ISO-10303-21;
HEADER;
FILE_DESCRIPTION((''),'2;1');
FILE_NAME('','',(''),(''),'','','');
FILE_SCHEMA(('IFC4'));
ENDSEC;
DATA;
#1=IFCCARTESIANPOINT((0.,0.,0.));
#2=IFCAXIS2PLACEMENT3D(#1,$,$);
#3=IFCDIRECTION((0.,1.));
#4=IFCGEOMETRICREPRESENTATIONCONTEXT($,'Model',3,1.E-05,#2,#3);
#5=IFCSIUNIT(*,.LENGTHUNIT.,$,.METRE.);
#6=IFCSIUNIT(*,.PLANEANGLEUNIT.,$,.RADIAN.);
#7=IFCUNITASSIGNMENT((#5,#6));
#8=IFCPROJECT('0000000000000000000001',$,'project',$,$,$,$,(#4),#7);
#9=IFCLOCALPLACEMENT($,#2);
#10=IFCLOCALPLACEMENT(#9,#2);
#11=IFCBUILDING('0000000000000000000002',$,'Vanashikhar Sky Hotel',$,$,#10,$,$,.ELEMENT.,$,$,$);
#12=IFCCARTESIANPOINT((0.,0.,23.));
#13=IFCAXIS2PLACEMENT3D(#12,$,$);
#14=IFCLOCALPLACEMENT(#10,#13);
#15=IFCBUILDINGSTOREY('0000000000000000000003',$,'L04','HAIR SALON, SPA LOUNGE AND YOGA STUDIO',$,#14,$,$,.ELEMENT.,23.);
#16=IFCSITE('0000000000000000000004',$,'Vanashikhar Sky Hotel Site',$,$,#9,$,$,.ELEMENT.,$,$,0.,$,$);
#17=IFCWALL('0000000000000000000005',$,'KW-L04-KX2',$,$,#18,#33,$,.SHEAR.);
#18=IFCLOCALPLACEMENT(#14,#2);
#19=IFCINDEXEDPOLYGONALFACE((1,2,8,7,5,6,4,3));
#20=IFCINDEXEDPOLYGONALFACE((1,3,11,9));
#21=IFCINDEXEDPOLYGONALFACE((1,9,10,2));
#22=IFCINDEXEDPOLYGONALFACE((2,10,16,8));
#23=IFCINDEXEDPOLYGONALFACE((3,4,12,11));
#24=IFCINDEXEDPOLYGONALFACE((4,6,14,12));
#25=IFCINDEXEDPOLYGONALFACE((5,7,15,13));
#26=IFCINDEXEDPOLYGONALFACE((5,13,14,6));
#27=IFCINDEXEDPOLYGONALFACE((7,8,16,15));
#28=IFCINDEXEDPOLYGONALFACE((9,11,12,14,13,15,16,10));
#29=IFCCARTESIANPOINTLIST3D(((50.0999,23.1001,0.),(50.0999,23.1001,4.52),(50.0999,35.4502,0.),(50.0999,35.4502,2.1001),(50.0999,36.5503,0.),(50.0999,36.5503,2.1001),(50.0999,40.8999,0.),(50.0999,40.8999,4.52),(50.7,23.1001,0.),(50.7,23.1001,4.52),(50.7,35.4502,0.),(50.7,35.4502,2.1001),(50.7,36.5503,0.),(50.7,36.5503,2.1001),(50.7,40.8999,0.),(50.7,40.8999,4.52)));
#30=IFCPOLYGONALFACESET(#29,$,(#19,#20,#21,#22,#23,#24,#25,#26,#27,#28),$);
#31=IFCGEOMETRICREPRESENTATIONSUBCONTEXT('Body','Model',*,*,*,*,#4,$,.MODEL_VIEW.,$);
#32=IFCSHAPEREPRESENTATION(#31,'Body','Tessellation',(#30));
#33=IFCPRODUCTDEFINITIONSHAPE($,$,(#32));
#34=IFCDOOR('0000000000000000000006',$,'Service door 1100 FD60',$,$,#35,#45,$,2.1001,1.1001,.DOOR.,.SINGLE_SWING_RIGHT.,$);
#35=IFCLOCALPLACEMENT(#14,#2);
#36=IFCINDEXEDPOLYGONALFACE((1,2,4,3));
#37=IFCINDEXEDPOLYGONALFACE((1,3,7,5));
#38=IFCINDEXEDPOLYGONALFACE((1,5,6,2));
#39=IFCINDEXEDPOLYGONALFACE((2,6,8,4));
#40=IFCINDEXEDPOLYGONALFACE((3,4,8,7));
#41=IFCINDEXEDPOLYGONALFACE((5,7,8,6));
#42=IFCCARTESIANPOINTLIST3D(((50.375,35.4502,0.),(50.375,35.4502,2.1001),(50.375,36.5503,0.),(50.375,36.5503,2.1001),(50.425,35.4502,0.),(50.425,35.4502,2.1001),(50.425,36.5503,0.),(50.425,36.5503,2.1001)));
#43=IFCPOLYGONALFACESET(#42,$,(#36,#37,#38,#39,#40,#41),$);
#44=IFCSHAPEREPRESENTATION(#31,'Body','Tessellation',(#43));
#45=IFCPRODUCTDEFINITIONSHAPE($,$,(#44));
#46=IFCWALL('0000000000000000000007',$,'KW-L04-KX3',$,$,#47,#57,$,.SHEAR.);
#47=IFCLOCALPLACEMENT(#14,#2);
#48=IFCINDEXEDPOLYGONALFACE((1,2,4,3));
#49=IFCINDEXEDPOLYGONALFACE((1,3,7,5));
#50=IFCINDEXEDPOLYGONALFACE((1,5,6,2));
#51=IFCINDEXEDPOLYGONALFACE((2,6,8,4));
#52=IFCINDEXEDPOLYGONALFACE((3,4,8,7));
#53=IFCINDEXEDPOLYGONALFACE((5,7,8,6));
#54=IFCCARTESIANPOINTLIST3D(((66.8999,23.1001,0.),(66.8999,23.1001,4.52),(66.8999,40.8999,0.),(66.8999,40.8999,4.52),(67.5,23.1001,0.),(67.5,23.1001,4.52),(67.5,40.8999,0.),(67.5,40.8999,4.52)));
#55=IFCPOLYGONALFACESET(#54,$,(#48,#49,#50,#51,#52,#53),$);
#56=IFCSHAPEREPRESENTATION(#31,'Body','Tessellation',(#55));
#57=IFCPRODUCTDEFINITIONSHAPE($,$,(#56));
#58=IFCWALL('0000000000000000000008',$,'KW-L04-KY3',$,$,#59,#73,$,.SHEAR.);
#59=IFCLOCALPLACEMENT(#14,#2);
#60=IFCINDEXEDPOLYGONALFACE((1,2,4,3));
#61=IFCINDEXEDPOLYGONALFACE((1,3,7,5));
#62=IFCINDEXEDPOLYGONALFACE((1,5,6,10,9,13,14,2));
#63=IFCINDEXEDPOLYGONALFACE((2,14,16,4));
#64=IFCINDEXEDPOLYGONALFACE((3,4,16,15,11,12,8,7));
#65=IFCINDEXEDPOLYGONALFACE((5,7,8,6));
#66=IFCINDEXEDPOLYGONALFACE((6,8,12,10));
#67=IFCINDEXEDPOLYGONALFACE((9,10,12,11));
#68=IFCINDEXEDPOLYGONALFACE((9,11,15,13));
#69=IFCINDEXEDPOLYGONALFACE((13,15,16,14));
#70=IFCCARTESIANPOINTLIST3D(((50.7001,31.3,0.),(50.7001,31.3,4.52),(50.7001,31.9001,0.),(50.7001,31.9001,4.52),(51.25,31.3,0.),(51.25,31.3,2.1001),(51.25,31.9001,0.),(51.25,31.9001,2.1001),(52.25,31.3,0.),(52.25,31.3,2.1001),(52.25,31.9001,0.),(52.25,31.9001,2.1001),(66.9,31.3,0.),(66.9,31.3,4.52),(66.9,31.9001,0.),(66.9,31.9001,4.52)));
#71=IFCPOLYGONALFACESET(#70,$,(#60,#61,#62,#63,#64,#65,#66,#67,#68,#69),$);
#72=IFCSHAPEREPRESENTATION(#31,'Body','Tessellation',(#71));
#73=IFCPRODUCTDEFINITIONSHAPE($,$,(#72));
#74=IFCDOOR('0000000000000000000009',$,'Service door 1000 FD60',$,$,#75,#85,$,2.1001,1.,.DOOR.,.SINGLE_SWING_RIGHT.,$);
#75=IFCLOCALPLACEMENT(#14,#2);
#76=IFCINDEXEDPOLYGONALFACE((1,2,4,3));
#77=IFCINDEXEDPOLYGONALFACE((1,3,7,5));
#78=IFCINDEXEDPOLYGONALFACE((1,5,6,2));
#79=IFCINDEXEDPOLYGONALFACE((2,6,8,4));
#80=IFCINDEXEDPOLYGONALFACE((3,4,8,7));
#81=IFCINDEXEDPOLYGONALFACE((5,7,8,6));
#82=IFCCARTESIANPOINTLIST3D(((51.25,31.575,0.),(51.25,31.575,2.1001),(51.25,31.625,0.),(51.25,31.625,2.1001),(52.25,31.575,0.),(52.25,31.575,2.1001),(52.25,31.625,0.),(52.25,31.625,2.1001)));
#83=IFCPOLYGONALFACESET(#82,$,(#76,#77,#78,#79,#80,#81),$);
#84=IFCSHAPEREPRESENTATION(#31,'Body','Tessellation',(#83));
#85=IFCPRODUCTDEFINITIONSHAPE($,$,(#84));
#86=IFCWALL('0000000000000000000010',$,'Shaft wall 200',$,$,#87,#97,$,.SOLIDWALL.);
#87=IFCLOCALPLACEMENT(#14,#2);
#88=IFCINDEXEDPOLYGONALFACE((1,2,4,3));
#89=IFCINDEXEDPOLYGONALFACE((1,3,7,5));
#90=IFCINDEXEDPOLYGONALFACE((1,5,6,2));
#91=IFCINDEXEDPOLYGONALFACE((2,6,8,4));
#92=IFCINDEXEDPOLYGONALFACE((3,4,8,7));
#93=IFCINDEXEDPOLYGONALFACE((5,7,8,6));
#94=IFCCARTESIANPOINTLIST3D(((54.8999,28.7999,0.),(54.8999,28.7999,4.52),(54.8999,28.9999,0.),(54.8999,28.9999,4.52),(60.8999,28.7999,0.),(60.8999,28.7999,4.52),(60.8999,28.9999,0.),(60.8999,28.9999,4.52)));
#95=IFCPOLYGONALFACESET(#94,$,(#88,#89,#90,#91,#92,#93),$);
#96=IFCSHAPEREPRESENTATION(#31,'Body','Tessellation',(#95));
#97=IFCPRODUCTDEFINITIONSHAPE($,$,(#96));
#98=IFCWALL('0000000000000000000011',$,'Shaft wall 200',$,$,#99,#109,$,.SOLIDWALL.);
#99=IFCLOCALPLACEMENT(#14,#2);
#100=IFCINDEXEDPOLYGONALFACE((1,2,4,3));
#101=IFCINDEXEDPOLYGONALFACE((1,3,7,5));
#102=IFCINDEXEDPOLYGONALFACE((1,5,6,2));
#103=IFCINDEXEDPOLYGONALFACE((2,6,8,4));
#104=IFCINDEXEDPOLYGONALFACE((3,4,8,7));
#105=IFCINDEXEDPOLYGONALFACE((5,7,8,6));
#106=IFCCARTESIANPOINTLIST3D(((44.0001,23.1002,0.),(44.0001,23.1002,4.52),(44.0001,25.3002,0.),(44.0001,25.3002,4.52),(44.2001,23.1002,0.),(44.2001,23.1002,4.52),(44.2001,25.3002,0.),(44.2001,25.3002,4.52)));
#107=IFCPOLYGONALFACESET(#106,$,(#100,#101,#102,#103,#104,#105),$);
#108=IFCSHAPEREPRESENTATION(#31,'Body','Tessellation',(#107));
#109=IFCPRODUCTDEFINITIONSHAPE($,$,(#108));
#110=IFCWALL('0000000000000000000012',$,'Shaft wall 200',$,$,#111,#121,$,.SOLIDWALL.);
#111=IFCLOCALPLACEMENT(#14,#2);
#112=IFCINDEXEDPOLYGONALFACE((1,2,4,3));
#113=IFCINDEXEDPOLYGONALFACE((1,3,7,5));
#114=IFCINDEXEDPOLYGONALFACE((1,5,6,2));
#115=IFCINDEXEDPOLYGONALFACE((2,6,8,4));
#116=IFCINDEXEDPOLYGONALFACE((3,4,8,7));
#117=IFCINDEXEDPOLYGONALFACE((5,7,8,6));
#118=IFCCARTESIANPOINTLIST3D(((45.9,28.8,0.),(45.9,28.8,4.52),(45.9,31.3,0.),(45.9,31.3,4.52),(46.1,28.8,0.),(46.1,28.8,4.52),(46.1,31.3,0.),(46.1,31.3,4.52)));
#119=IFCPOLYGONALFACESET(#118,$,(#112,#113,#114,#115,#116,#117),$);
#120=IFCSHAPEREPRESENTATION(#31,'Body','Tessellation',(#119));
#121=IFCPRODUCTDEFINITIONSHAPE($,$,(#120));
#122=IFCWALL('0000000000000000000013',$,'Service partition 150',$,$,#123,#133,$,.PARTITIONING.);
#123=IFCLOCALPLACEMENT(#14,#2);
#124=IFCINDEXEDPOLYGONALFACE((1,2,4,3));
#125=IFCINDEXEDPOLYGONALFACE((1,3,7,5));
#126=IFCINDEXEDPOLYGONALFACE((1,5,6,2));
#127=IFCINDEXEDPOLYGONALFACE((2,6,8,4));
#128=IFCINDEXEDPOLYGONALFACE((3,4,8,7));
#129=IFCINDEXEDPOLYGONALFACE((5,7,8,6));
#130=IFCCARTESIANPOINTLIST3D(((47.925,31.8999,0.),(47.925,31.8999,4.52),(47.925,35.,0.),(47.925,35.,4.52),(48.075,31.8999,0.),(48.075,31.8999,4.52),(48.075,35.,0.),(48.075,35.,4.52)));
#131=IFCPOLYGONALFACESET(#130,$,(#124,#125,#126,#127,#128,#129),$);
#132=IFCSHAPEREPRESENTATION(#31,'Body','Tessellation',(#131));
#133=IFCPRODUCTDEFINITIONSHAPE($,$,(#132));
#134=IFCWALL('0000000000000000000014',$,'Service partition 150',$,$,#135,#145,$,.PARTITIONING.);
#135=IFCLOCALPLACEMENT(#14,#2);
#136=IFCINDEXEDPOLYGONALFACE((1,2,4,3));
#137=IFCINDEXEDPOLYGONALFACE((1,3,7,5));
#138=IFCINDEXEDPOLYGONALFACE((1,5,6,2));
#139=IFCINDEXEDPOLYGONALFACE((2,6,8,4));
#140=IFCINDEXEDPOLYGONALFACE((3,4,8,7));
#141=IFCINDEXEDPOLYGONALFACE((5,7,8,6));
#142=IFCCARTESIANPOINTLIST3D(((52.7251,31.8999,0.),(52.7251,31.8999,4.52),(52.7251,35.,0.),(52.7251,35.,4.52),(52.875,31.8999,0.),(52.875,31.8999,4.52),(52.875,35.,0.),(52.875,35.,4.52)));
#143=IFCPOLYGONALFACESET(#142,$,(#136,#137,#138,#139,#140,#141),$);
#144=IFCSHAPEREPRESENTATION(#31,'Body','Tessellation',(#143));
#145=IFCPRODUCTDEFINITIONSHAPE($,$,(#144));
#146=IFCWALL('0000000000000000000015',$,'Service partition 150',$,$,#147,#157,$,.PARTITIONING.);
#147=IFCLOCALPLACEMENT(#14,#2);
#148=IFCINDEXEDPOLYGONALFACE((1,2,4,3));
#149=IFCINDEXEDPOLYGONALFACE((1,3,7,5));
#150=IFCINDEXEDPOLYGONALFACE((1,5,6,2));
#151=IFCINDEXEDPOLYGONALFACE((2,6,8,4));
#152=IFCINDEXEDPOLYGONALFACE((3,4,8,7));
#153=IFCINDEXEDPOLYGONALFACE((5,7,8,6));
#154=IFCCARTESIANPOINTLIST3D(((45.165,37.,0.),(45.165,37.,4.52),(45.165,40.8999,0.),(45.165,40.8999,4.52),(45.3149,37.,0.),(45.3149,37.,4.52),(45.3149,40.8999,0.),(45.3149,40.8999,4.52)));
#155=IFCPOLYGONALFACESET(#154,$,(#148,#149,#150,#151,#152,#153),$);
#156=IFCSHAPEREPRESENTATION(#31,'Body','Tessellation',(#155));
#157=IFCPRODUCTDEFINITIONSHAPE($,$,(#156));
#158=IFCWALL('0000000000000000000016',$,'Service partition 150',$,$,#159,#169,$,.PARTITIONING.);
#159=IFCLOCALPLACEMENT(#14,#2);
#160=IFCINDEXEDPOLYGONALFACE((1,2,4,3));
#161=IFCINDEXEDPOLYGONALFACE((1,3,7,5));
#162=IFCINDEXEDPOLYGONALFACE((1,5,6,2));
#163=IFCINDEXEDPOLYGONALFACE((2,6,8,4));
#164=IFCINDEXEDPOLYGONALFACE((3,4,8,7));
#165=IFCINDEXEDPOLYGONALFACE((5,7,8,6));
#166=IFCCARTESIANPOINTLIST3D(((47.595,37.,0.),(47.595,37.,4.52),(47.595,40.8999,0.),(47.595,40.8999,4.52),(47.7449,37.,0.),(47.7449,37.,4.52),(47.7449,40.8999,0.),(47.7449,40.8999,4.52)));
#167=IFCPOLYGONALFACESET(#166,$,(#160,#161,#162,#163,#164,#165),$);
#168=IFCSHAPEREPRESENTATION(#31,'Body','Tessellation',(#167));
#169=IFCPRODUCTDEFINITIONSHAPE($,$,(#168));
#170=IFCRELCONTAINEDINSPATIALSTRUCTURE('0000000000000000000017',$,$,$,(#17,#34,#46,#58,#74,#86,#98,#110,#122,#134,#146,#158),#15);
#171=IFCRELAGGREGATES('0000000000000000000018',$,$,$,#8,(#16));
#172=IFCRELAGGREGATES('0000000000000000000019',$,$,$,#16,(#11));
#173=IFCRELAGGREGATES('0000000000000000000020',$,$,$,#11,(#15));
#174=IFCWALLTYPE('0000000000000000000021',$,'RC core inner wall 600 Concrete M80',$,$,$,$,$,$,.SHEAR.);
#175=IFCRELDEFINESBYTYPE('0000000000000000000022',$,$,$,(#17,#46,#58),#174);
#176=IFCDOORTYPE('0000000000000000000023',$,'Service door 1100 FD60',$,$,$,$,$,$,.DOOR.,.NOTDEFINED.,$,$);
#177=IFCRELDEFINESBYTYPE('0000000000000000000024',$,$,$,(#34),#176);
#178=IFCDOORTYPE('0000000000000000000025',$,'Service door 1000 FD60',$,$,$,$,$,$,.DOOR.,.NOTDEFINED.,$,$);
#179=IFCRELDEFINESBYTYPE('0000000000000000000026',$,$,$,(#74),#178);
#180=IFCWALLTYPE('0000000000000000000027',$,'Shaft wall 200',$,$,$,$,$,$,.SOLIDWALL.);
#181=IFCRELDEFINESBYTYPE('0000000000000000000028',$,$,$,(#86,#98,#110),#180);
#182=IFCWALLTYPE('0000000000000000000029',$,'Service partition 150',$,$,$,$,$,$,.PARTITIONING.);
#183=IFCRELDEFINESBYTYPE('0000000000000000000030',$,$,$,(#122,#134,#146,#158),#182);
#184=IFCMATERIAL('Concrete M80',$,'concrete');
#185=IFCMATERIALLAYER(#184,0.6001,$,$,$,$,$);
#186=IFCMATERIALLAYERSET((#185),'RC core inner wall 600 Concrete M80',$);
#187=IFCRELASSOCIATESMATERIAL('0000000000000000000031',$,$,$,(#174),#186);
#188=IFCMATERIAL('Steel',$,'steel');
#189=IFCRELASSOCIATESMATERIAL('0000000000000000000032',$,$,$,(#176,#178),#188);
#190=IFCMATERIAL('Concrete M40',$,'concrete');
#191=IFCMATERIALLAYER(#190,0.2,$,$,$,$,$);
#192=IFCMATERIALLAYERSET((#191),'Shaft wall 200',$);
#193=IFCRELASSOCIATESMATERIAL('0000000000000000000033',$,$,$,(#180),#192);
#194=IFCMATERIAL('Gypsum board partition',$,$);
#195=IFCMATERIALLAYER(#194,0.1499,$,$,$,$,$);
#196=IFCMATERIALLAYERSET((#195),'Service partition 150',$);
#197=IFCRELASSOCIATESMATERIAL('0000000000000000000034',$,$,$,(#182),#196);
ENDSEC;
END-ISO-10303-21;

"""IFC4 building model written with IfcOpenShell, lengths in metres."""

from ifc_helpers import new_model, si_unit, direction, frame, frame_2d, origin, place, context, subcontext, project, spatial, rectangle, extrude, source, transform, mapped, material, layer, layer_set, type_object, element, fill, save


model = new_model("IFC4")

# Units and contexts
model_context = context("Model", 3, precision=1e-05, world=origin(), true_north=direction((0.0, 1.0)))
body_context = subcontext(model_context, "Body", "Model", "MODEL_VIEW")
ifc_project = project(units=[si_unit("LENGTHUNIT", "METRE"), si_unit("PLANEANGLEUNIT", "RADIAN")], contexts=[model_context])

# Site, building, storey
site_placement = place(None, origin())
site = spatial("IfcSite", under=ifc_project, at=site_placement, Name="Vanashikhar Sky Hotel Site", CompositionType="ELEMENT", RefElevation=0.0)
building_placement = place(site_placement, origin())
building = spatial("IfcBuilding", under=site, at=building_placement, Name="Vanashikhar Sky Hotel", CompositionType="ELEMENT")
storey_placement = place(building_placement, frame((0.0, 0.0, 23.0)))
storey = spatial("IfcBuildingStorey", under=building, at=storey_placement, Name="L04", Description="HAIR SALON, SPA LOUNGE AND YOGA STUDIO", CompositionType="ELEMENT", Elevation=23.0)

# Wall, opening, door
ifc_material_1 = material(Name="Concrete M80", Category="concrete")
ifc_layer_1 = layer(ifc_material_1, 0.6001)
ifc_layer_set_1 = layer_set([ifc_layer_1], Name="RC core inner wall 600 Concrete M80")
wall_type_1 = type_object("IfcWallType", Name="RC core inner wall 600 Concrete M80", PredefinedType="SHEAR", material=ifc_layer_set_1)
shared_shape_1 = source(origin(), body_context, "Body", "SweptSolid", [
    extrude(rectangle(XDim=17.7998, YDim=0.6001, at=frame_2d((8.8999, 0.0))), origin(), (0.0, 0.0, 1.0), 4.52),
])
wall_1_placement = place(storey_placement, frame((50.3999, 23.1001, 0.0), z_axis=(0.0, 0.0, 1.0), x_axis=(0.0, 1.0, 0.0)))
wall_1 = element("IfcWall", 1, at=wall_1_placement, inside=storey, type_object=wall_type_1, Name="KW-L04-KX2", PredefinedType="SHEAR", context=body_context, shape_type="MappedRepresentation", body=[
    mapped(shared_shape_1, transform((0.0, 0.0, 0.0), scale=1.0)),
])
shared_shape_2 = source(origin(), body_context, "Body", "SweptSolid", [
    extrude(rectangle(XDim=1.1001, YDim=2.1001, at=frame_2d((0.55, 1.05))), frame((0.0, 0.3101, 0.0), z_axis=(0.0, -1.0, 0.0), x_axis=(1.0, 0.0, 0.0)), (0.0, 0.0, 1.0), 0.6201),
])
opening_1_placement = place(wall_1_placement, frame((12.3501, 0.0, 0.0)))
opening_1 = element("IfcOpeningElement", 2, at=opening_1_placement, cuts=wall_1, PredefinedType="OPENING", context=body_context, shape_type="MappedRepresentation", body=[
    mapped(shared_shape_2, transform((0.0, 0.0, 0.0), scale=1.0)),
])
ifc_material_2 = material(Name="Steel", Category="steel")
door_type_1 = type_object("IfcDoorType", Name="Service door 1100 FD60", OperationType="NOTDEFINED", PredefinedType="DOOR", material=ifc_material_2)
shared_shape_3 = source(origin(), body_context, "Body", "SweptSolid", [
    extrude(rectangle(XDim=1.1001, YDim=2.1001, at=frame_2d((0.55, 1.05))), frame((0.0, 0.0249, 0.0), z_axis=(0.0, -1.0, 0.0), x_axis=(1.0, 0.0, 0.0)), (0.0, 0.0, 1.0), 0.05),
])
door_1_placement = place(opening_1_placement, origin())
door_1 = element("IfcDoor", 3, at=door_1_placement, inside=storey, type_object=door_type_1, Name="Service door 1100 FD60", OperationType="SINGLE_SWING_RIGHT", OverallHeight=2.1001, OverallWidth=1.1001, PredefinedType="DOOR", context=body_context, shape_type="MappedRepresentation", body=[
    mapped(shared_shape_3, transform((0.0, 0.0, 0.0), scale=1.0)),
])
fill(opening_1, door_1)

# Wall
wall_2_placement = place(storey_placement, frame((67.2, 23.1001, 0.0), z_axis=(0.0, 0.0, 1.0), x_axis=(0.0, 1.0, 0.0)))
element("IfcWall", 4, at=wall_2_placement, inside=storey, type_object=wall_type_1, Name="KW-L04-KX3", PredefinedType="SHEAR", context=body_context, shape_type="MappedRepresentation", body=[
    mapped(shared_shape_1, transform((0.0, 0.0, 0.0), scale=1.0)),
])

# Wall, opening, door
shared_shape_4 = source(origin(), body_context, "Body", "SweptSolid", [
    extrude(rectangle(XDim=16.2, YDim=0.6001, at=frame_2d((8.1001, 0.0))), origin(), (0.0, 0.0, 1.0), 4.52),
])
wall_3_placement = place(storey_placement, frame((50.7, 31.6001, 0.0), z_axis=(0.0, 0.0, 1.0), x_axis=(1.0, 0.0, 0.0)))
wall_3 = element("IfcWall", 5, at=wall_3_placement, inside=storey, type_object=wall_type_1, Name="KW-L04-KY3", PredefinedType="SHEAR", context=body_context, shape_type="MappedRepresentation", body=[
    mapped(shared_shape_4, transform((0.0, 0.0, 0.0), scale=1.0)),
])
shared_shape_5 = source(origin(), body_context, "Body", "SweptSolid", [
    extrude(rectangle(XDim=1.0, YDim=2.1001, at=frame_2d((0.5, 1.05))), frame((0.0, 0.3101, 0.0), z_axis=(0.0, -1.0, 0.0), x_axis=(1.0, 0.0, 0.0)), (0.0, 0.0, 1.0), 0.6201),
])
opening_2_placement = place(wall_3_placement, frame((0.55, 0.0, 0.0)))
opening_2 = element("IfcOpeningElement", 6, at=opening_2_placement, cuts=wall_3, PredefinedType="OPENING", context=body_context, shape_type="MappedRepresentation", body=[
    mapped(shared_shape_5, transform((0.0, 0.0, 0.0), scale=1.0)),
])
door_type_2 = type_object("IfcDoorType", Name="Service door 1000 FD60", OperationType="NOTDEFINED", PredefinedType="DOOR", material=ifc_material_2)
shared_shape_6 = source(origin(), body_context, "Body", "SweptSolid", [
    extrude(rectangle(XDim=1.0, YDim=2.1001, at=frame_2d((0.5, 1.05))), frame((0.0, 0.0249, 0.0), z_axis=(0.0, -1.0, 0.0), x_axis=(1.0, 0.0, 0.0)), (0.0, 0.0, 1.0), 0.05),
])
door_2_placement = place(opening_2_placement, origin())
door_2 = element("IfcDoor", 7, at=door_2_placement, inside=storey, type_object=door_type_2, Name="Service door 1000 FD60", OperationType="SINGLE_SWING_RIGHT", OverallHeight=2.1001, OverallWidth=1.0, PredefinedType="DOOR", context=body_context, shape_type="MappedRepresentation", body=[
    mapped(shared_shape_6, transform((0.0, 0.0, 0.0), scale=1.0)),
])
fill(opening_2, door_2)

# Walls
ifc_material_3 = material(Name="Concrete M40", Category="concrete")
ifc_layer_2 = layer(ifc_material_3, 0.2)
ifc_layer_set_2 = layer_set([ifc_layer_2], Name="Shaft wall 200")
wall_type_2 = type_object("IfcWallType", Name="Shaft wall 200", PredefinedType="SOLIDWALL", material=ifc_layer_set_2)
shared_shape_7 = source(origin(), body_context, "Body", "SweptSolid", [
    extrude(rectangle(XDim=6.0, YDim=0.2, at=frame_2d((3.0, 0.0))), origin(), (0.0, 0.0, 1.0), 4.52),
])
wall_4_placement = place(storey_placement, frame((60.8999, 28.8999, 0.0), z_axis=(0.0, 0.0, 1.0), x_axis=(-1.0, 0.0, 0.0)))
element("IfcWall", 8, at=wall_4_placement, inside=storey, type_object=wall_type_2, Name="Shaft wall 200", PredefinedType="SOLIDWALL", context=body_context, shape_type="MappedRepresentation", body=[
    mapped(shared_shape_7, transform((0.0, 0.0, 0.0), scale=1.0)),
])
shared_shape_8 = source(origin(), body_context, "Body", "SweptSolid", [
    extrude(rectangle(XDim=2.2, YDim=0.2, at=frame_2d((1.1001, 0.0))), origin(), (0.0, 0.0, 1.0), 4.52),
])
wall_5_placement = place(storey_placement, frame((44.1001, 23.1001, 0.0), z_axis=(0.0, 0.0, 1.0), x_axis=(0.0, 1.0, 0.0)))
element("IfcWall", 9, at=wall_5_placement, inside=storey, type_object=wall_type_2, Name="Shaft wall 200", PredefinedType="SOLIDWALL", context=body_context, shape_type="MappedRepresentation", body=[
    mapped(shared_shape_8, transform((0.0, 0.0, 0.0), scale=1.0)),
])
shared_shape_9 = source(origin(), body_context, "Body", "SweptSolid", [
    extrude(rectangle(XDim=2.5, YDim=0.2, at=frame_2d((1.25, 0.0))), origin(), (0.0, 0.0, 1.0), 4.52),
])
wall_6_placement = place(storey_placement, frame((46.0, 28.8, 0.0), z_axis=(0.0, 0.0, 1.0), x_axis=(0.0, 1.0, 0.0)))
element("IfcWall", 10, at=wall_6_placement, inside=storey, type_object=wall_type_2, Name="Shaft wall 200", PredefinedType="SOLIDWALL", context=body_context, shape_type="MappedRepresentation", body=[
    mapped(shared_shape_9, transform((0.0, 0.0, 0.0), scale=1.0)),
])
ifc_material_4 = material(Name="Gypsum board partition")
ifc_layer_3 = layer(ifc_material_4, 0.1499)
ifc_layer_set_3 = layer_set([ifc_layer_3], Name="Service partition 150")
wall_type_3 = type_object("IfcWallType", Name="Service partition 150", PredefinedType="PARTITIONING", material=ifc_layer_set_3)
shared_shape_10 = source(origin(), body_context, "Body", "SweptSolid", [
    extrude(rectangle(XDim=3.1001, YDim=0.1499, at=frame_2d((1.55, 0.0))), origin(), (0.0, 0.0, 1.0), 4.52),
])
for number, where, z_axis, x_axis, name in (
    (11, (48.0, 31.8999, 0.0), (0.0, 0.0, 1.0), (0.0, 1.0, 0.0), "Service partition 150"),
    (12, (52.8, 31.8999, 0.0), (0.0, 0.0, 1.0), (0.0, 1.0, 0.0), "Service partition 150"),
):
    element("IfcWall", number, at=place(storey_placement, frame(where, z_axis=z_axis, x_axis=x_axis)), inside=storey, type_object=wall_type_3, Name=name, PredefinedType="PARTITIONING", context=body_context, shape_type="MappedRepresentation", body=[
        mapped(shared_shape_10, transform((0.0, 0.0, 0.0), scale=1.0)),
    ])
shared_shape_11 = source(origin(), body_context, "Body", "SweptSolid", [
    extrude(rectangle(XDim=3.8999, YDim=0.1499, at=frame_2d((1.95, 0.0))), origin(), (0.0, 0.0, 1.0), 4.52),
])
for number, where, z_axis, x_axis, name in (
    (13, (45.24, 37.0, 0.0), (0.0, 0.0, 1.0), (0.0, 1.0, 0.0), "Service partition 150"),
    (14, (47.6699, 37.0, 0.0), (0.0, 0.0, 1.0), (0.0, 1.0, 0.0), "Service partition 150"),
):
    element("IfcWall", number, at=place(storey_placement, frame(where, z_axis=z_axis, x_axis=x_axis)), inside=storey, type_object=wall_type_3, Name=name, PredefinedType="PARTITIONING", context=body_context, shape_type="MappedRepresentation", body=[
        mapped(shared_shape_11, transform((0.0, 0.0, 0.0), scale=1.0)),
    ])

save(model, "model.ifc")
